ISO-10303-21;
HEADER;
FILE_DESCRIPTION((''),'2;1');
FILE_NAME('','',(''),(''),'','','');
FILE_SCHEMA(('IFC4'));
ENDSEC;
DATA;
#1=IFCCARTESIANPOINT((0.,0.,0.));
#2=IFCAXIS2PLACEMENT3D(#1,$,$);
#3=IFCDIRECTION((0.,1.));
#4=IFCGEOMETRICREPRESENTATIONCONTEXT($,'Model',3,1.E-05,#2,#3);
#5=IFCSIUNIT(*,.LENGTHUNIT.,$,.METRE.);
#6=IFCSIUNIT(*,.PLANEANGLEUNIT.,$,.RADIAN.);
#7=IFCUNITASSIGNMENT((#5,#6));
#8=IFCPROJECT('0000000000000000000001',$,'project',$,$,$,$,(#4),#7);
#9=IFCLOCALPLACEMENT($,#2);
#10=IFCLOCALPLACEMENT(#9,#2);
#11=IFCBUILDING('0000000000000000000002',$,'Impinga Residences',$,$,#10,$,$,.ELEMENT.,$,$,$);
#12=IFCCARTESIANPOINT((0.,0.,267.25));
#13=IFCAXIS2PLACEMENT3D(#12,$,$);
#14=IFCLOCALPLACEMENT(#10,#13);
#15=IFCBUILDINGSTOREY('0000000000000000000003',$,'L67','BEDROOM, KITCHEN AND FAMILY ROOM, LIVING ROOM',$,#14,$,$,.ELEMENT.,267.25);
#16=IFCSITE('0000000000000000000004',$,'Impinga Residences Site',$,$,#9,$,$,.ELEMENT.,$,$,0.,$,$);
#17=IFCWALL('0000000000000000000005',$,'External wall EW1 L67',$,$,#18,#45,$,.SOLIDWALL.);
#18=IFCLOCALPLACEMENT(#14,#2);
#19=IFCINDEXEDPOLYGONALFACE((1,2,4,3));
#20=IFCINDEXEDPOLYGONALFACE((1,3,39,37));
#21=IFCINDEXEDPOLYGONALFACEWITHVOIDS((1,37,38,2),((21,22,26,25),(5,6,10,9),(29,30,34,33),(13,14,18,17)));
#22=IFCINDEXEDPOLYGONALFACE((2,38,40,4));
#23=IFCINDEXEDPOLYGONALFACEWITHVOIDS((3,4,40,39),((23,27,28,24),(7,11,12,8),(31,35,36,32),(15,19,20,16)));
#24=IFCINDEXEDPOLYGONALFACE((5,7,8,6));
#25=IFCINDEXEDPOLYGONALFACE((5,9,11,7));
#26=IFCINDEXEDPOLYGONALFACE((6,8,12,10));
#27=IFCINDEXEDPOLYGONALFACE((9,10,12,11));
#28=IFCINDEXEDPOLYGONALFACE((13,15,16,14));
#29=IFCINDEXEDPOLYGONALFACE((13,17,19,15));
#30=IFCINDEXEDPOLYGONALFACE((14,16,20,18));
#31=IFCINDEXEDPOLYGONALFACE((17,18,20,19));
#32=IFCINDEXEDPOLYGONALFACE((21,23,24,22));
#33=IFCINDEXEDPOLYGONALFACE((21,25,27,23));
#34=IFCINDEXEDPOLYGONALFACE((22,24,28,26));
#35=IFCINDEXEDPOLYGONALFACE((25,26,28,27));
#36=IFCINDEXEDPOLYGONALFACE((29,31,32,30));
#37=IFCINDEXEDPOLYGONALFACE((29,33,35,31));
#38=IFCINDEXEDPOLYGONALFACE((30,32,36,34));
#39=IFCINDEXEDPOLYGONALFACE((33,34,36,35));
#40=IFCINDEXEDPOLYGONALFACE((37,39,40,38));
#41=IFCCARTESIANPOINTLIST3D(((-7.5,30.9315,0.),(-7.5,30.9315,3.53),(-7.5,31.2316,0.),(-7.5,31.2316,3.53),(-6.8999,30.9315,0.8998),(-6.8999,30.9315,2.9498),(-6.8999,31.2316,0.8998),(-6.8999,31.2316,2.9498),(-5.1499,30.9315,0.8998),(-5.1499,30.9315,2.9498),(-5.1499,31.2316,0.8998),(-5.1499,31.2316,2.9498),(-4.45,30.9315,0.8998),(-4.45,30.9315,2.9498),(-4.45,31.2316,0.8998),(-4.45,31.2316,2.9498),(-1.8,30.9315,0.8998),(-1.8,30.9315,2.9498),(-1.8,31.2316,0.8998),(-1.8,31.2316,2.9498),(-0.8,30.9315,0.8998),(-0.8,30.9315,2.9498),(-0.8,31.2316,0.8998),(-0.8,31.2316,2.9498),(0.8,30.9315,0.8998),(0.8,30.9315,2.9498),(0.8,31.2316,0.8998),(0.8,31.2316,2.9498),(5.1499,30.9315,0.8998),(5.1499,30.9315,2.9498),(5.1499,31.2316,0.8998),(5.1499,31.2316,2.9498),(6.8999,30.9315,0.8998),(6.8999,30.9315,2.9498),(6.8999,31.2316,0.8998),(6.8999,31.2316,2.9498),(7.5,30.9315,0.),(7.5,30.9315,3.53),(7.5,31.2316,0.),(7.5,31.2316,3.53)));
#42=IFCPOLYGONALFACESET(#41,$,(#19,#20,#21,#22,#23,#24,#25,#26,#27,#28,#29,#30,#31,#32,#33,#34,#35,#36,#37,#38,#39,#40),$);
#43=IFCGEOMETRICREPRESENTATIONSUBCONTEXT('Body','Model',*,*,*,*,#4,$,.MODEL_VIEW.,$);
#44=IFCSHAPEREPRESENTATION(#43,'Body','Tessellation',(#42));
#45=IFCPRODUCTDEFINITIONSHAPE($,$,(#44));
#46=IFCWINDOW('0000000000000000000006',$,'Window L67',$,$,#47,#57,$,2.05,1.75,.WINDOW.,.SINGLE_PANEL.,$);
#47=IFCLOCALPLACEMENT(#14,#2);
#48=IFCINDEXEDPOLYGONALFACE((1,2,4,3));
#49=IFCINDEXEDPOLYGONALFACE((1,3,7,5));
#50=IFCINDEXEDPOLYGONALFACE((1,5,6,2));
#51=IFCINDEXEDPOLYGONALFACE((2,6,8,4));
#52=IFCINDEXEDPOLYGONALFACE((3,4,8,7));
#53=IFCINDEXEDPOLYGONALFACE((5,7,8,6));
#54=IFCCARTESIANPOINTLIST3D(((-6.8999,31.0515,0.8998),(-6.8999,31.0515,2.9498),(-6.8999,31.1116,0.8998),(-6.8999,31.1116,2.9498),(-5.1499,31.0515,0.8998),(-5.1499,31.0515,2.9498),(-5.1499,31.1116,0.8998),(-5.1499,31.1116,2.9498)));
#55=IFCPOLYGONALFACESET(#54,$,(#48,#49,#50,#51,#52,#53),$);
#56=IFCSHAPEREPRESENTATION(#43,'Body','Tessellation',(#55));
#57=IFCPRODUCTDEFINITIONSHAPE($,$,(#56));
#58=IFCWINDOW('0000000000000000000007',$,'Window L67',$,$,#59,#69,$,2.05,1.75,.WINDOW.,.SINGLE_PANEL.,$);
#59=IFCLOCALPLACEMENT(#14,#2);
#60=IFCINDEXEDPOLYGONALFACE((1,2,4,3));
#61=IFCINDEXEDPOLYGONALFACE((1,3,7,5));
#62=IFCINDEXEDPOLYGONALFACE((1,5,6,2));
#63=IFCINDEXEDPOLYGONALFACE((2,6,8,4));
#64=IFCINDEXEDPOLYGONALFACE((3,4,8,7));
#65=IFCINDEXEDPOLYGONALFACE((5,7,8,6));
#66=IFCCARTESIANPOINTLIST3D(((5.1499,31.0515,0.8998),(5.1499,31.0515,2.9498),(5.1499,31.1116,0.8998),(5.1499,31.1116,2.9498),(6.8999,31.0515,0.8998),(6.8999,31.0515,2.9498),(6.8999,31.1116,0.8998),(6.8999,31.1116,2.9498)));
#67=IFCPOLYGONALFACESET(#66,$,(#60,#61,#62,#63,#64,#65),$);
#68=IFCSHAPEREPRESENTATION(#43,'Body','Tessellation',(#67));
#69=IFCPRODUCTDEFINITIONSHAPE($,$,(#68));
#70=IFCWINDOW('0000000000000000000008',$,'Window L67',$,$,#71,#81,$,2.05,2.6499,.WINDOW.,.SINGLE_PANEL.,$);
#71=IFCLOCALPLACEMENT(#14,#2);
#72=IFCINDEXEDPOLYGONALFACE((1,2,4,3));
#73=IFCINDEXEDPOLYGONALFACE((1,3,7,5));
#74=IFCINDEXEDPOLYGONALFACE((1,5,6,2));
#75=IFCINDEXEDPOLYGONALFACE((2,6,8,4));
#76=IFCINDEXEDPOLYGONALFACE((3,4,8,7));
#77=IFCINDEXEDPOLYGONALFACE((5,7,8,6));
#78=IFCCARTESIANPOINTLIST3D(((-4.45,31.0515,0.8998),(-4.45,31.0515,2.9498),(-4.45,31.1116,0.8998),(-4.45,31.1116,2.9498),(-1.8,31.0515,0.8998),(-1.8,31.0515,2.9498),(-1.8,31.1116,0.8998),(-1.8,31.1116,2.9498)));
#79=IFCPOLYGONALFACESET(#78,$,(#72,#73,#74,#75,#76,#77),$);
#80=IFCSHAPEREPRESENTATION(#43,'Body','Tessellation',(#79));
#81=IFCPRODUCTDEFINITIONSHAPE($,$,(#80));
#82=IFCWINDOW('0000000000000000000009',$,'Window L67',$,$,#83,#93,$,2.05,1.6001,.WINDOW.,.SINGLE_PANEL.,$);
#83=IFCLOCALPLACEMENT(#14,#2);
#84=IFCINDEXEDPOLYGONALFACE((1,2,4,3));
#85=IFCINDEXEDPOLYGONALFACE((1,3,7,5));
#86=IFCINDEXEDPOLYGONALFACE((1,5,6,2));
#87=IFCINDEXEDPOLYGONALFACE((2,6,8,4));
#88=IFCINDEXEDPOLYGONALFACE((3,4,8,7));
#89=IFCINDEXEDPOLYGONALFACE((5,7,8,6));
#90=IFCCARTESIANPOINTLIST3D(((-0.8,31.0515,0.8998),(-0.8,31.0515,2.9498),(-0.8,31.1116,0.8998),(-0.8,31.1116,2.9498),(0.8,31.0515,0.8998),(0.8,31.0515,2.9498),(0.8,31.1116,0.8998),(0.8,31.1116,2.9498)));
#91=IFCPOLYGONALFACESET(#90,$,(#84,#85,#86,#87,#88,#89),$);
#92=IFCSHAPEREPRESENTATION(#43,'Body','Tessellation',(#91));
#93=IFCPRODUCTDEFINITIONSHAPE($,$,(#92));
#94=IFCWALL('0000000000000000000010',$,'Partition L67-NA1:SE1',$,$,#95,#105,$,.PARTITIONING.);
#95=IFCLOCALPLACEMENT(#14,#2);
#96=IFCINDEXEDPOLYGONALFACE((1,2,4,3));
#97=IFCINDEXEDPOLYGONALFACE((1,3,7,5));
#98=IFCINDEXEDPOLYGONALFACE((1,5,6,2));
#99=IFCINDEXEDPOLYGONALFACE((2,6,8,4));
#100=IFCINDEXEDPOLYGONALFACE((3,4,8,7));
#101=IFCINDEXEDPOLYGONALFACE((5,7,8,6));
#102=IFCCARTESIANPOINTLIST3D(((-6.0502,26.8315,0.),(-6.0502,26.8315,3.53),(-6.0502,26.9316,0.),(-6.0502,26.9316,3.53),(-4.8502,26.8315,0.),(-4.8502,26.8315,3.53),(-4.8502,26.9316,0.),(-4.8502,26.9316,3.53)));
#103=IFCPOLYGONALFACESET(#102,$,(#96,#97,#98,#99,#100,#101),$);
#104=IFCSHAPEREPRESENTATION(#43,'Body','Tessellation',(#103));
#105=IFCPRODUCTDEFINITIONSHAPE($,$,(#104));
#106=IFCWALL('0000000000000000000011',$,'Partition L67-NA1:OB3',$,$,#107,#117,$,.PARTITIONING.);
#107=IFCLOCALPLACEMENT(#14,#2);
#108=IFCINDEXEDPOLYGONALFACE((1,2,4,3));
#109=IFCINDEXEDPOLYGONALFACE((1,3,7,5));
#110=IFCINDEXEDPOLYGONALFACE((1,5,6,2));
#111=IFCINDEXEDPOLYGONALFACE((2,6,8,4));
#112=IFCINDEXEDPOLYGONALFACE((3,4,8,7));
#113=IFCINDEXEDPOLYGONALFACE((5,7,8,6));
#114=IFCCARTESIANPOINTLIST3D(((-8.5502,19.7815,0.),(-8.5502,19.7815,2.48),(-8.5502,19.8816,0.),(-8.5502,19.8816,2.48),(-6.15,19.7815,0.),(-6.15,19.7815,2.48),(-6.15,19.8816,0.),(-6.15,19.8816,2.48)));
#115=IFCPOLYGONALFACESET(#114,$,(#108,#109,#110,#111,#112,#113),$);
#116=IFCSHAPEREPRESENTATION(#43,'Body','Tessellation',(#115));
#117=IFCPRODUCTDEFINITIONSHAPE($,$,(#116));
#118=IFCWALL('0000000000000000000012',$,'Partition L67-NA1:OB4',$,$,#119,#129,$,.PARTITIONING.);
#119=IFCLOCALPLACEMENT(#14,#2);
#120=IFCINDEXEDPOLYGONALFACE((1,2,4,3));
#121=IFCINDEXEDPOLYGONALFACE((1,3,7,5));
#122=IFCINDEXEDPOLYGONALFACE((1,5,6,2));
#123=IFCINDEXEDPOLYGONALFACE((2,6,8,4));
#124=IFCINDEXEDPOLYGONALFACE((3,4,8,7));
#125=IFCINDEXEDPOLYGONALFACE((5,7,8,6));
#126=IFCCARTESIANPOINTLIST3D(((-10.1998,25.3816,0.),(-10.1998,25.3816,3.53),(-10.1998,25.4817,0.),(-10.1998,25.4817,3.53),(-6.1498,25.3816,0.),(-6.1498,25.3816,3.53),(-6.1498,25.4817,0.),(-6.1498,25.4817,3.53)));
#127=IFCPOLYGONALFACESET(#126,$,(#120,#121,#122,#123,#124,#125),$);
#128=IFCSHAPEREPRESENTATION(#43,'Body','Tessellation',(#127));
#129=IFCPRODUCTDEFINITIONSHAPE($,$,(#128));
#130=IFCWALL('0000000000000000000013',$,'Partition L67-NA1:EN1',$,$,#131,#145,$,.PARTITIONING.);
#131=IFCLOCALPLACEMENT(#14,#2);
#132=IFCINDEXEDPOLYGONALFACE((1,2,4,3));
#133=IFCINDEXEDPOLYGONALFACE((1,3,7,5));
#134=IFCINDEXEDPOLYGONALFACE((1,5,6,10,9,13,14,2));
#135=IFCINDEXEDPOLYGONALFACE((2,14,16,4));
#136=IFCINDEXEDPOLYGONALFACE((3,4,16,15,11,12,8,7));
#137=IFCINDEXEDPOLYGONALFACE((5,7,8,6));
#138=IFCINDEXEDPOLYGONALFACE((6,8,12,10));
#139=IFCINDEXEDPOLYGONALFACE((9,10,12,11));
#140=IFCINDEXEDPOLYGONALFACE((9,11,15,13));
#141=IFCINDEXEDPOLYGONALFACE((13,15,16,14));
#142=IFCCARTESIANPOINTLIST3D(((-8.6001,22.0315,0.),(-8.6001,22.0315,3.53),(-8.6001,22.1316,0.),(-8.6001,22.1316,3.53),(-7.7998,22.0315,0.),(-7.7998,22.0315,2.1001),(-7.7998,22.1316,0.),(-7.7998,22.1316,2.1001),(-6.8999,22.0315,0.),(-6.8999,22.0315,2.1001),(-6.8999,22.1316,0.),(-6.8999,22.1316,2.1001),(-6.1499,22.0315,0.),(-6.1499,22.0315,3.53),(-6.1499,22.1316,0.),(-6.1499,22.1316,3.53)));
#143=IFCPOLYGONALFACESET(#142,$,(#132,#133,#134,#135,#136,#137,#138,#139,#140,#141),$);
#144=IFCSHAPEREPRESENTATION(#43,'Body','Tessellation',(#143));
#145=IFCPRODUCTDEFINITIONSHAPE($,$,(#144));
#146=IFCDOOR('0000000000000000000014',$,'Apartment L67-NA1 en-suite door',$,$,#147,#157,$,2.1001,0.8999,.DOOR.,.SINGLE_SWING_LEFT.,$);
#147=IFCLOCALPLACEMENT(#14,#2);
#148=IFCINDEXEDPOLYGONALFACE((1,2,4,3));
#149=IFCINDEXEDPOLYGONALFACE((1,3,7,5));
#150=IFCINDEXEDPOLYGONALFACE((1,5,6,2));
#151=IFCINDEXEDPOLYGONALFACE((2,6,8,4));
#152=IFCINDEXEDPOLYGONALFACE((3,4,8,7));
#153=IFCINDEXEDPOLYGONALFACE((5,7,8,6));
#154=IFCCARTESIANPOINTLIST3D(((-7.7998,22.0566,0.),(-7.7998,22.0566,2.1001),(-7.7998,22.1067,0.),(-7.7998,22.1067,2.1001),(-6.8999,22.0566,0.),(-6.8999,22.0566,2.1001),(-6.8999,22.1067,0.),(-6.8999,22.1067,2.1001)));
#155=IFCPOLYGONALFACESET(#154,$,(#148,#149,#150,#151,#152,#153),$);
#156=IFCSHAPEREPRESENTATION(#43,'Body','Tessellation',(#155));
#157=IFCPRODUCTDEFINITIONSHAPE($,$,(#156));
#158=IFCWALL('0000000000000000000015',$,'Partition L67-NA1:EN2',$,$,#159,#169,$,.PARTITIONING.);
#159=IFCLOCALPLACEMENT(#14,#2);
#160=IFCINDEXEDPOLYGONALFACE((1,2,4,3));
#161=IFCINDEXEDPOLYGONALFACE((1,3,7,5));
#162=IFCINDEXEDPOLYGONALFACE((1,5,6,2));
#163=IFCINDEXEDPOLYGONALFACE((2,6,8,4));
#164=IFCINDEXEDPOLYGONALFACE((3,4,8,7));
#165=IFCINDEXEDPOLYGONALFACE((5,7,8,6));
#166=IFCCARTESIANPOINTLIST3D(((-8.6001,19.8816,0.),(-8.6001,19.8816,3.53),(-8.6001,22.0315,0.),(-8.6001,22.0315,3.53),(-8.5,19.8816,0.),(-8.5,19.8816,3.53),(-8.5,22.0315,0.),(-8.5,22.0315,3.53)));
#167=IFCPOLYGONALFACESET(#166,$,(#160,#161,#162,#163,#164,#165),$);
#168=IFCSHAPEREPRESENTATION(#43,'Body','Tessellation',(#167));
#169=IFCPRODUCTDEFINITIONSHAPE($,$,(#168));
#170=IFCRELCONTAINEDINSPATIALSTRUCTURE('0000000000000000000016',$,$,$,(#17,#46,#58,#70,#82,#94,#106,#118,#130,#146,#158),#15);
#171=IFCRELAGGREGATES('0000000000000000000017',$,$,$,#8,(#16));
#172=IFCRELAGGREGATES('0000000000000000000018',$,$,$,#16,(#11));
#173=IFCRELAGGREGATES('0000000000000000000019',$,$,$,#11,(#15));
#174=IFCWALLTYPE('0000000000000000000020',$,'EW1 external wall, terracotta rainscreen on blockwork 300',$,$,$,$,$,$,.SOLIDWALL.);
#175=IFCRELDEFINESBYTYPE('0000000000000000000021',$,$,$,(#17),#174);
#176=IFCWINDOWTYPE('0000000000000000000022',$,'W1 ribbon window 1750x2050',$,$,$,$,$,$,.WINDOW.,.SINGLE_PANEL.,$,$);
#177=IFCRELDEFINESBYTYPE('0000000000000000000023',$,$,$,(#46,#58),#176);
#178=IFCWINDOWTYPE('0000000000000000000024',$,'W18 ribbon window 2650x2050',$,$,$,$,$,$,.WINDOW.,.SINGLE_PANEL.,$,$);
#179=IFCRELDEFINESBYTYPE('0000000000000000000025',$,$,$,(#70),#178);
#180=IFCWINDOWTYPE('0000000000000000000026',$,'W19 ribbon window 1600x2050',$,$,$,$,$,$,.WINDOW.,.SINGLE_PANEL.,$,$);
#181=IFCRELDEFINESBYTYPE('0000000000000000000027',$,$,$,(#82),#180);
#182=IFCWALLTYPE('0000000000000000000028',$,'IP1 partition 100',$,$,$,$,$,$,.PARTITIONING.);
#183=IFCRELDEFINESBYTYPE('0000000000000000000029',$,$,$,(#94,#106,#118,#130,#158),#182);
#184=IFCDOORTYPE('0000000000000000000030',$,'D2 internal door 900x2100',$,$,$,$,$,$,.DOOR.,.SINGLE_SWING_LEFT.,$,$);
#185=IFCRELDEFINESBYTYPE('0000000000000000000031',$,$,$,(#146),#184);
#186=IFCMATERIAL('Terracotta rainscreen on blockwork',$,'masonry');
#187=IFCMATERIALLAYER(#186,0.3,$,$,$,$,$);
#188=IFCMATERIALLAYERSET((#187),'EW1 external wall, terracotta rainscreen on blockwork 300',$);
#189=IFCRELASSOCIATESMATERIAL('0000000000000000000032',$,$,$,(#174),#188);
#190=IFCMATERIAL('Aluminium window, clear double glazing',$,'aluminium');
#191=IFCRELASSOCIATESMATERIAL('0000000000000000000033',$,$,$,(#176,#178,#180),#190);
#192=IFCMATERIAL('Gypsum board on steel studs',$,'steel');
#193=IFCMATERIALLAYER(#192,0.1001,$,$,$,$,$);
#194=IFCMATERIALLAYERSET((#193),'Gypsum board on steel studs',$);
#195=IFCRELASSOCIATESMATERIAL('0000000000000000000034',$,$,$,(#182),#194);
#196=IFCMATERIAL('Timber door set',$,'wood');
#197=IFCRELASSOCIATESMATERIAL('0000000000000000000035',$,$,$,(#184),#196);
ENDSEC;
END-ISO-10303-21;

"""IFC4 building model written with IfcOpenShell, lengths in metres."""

from ifc_helpers import new_model, si_unit, direction, frame, frame_2d, origin, place, context, subcontext, project, spatial, rectangle, extrude, material, layer, layer_set, type_object, element, fill, save


model = new_model("IFC4")

# Units and contexts
model_context = context("Model", 3, precision=1e-05, world=origin(), true_north=direction((0.0, 1.0)))
body_context = subcontext(model_context, "Body", "Model", "MODEL_VIEW")
ifc_project = project(units=[si_unit("LENGTHUNIT", "METRE"), si_unit("PLANEANGLEUNIT", "RADIAN")], contexts=[model_context])

# Site, building, storey
site_placement = place(None, origin())
site = spatial("IfcSite", under=ifc_project, at=site_placement, Name="Impinga Residences Site", CompositionType="ELEMENT", RefElevation=0.0)
building_placement = place(site_placement, origin())
building = spatial("IfcBuilding", under=site, at=building_placement, Name="Impinga Residences", CompositionType="ELEMENT")
storey_placement = place(building_placement, frame((0.0, 0.0, 267.25)))
storey = spatial("IfcBuildingStorey", under=building, at=storey_placement, Name="L67", Description="BEDROOM, KITCHEN AND FAMILY ROOM, LIVING ROOM", CompositionType="ELEMENT", Elevation=267.25)

# Shared definitions
ifc_material_1 = material(Name="Timber door set", Category="wood")

# Shared definitions
ifc_material_2 = material(Name="Terracotta rainscreen on blockwork", Category="masonry")
ifc_layer_1 = layer(ifc_material_2, 0.3)
ifc_layer_set_1 = layer_set([ifc_layer_1], Name="EW1 external wall, terracotta rainscreen on blockwork 300")
wall_type_1 = type_object("IfcWallType", Name="EW1 external wall, terracotta rainscreen on blockwork 300", PredefinedType="SOLIDWALL", material=ifc_layer_set_1)

# Wall, openings, windows
wall_1_placement = place(storey_placement, frame((-7.5, 31.0815, 0.0), z_axis=(0.0, 0.0, 1.0), x_axis=(1.0, 0.0, 0.0)))
wall_1 = element("IfcWall", 1, at=wall_1_placement, inside=storey, type_object=wall_type_1, Name="External wall EW1 L67", PredefinedType="SOLIDWALL", context=body_context, shape_type="SweptSolid", body=[
    extrude(rectangle(XDim=15.0, YDim=0.3, at=frame_2d((7.5, 0.0))), origin(), (0.0, 0.0, 1.0), 3.53),
])
opening_1_placement = place(wall_1_placement, frame((0.6001, 0.0, 0.8999)))
opening_1 = element("IfcOpeningElement", 2, at=opening_1_placement, cuts=wall_1, PredefinedType="OPENING", context=body_context, shape_type="SweptSolid", body=[
    extrude(rectangle(XDim=1.75, YDim=2.05, at=frame_2d((0.875, 1.0249))), frame((0.0, 0.1599, 0.0), z_axis=(0.0, -1.0, 0.0), x_axis=(1.0, 0.0, 0.0)), (0.0, 0.0, 1.0), 0.3201),
])
opening_2_placement = place(wall_1_placement, frame((3.05, 0.0, 0.8999)))
opening_2 = element("IfcOpeningElement", 3, at=opening_2_placement, cuts=wall_1, PredefinedType="OPENING", context=body_context, shape_type="SweptSolid", body=[
    extrude(rectangle(XDim=2.6499, YDim=2.05, at=frame_2d((1.325, 1.0249))), frame((0.0, 0.1599, 0.0), z_axis=(0.0, -1.0, 0.0), x_axis=(1.0, 0.0, 0.0)), (0.0, 0.0, 1.0), 0.3201),
])
opening_3_placement = place(wall_1_placement, frame((6.7, 0.0, 0.8999)))
opening_3 = element("IfcOpeningElement", 4, at=opening_3_placement, cuts=wall_1, PredefinedType="OPENING", context=body_context, shape_type="SweptSolid", body=[
    extrude(rectangle(XDim=1.6001, YDim=2.05, at=frame_2d((0.8, 1.0249))), frame((0.0, 0.1599, 0.0), z_axis=(0.0, -1.0, 0.0), x_axis=(1.0, 0.0, 0.0)), (0.0, 0.0, 1.0), 0.3201),
])
opening_4_placement = place(wall_1_placement, frame((12.6499, 0.0, 0.8999)))
opening_4 = element("IfcOpeningElement", 5, at=opening_4_placement, cuts=wall_1, PredefinedType="OPENING", context=body_context, shape_type="SweptSolid", body=[
    extrude(rectangle(XDim=1.75, YDim=2.05, at=frame_2d((0.875, 1.0249))), frame((0.0, 0.1599, 0.0), z_axis=(0.0, -1.0, 0.0), x_axis=(1.0, 0.0, 0.0)), (0.0, 0.0, 1.0), 0.3201),
])
ifc_material_3 = material(Name="Aluminium window, clear double glazing", Category="aluminium")
window_type_1 = type_object("IfcWindowType", Name="W1 ribbon window 1750x2050", PartitioningType="SINGLE_PANEL", PredefinedType="WINDOW", material=ifc_material_3)
window_1_placement = place(opening_1_placement, origin())
window_1 = element("IfcWindow", 6, at=window_1_placement, inside=storey, type_object=window_type_1, Name="Window L67", OverallHeight=2.05, OverallWidth=1.75, PartitioningType="SINGLE_PANEL", PredefinedType="WINDOW", context=body_context, shape_type="SweptSolid", body=[
    extrude(rectangle(XDim=1.75, YDim=2.05, at=frame_2d((0.875, 1.0249))), frame((0.0, 0.03, 0.0), z_axis=(0.0, -1.0, 0.0), x_axis=(1.0, 0.0, 0.0)), (0.0, 0.0, 1.0), 0.0601),
])
fill(opening_1, window_1)
window_2_placement = place(opening_4_placement, origin())
window_2 = element("IfcWindow", 7, at=window_2_placement, inside=storey, type_object=window_type_1, Name="Window L67", OverallHeight=2.05, OverallWidth=1.75, PartitioningType="SINGLE_PANEL", PredefinedType="WINDOW", context=body_context, shape_type="SweptSolid", body=[
    extrude(rectangle(XDim=1.75, YDim=2.05, at=frame_2d((0.875, 1.0249))), frame((0.0, 0.03, 0.0), z_axis=(0.0, -1.0, 0.0), x_axis=(1.0, 0.0, 0.0)), (0.0, 0.0, 1.0), 0.0601),
])
fill(opening_4, window_2)
window_type_2 = type_object("IfcWindowType", Name="W18 ribbon window 2650x2050", PartitioningType="SINGLE_PANEL", PredefinedType="WINDOW", material=ifc_material_3)
window_3_placement = place(opening_2_placement, origin())
window_3 = element("IfcWindow", 8, at=window_3_placement, inside=storey, type_object=window_type_2, Name="Window L67", OverallHeight=2.05, OverallWidth=2.6499, PartitioningType="SINGLE_PANEL", PredefinedType="WINDOW", context=body_context, shape_type="SweptSolid", body=[
    extrude(rectangle(XDim=2.6499, YDim=2.05, at=frame_2d((1.325, 1.0249))), frame((0.0, 0.03, 0.0), z_axis=(0.0, -1.0, 0.0), x_axis=(1.0, 0.0, 0.0)), (0.0, 0.0, 1.0), 0.0601),
])
fill(opening_2, window_3)
window_type_3 = type_object("IfcWindowType", Name="W19 ribbon window 1600x2050", PartitioningType="SINGLE_PANEL", PredefinedType="WINDOW", material=ifc_material_3)
window_4_placement = place(opening_3_placement, origin())
window_4 = element("IfcWindow", 9, at=window_4_placement, inside=storey, type_object=window_type_3, Name="Window L67", OverallHeight=2.05, OverallWidth=1.6001, PartitioningType="SINGLE_PANEL", PredefinedType="WINDOW", context=body_context, shape_type="SweptSolid", body=[
    extrude(rectangle(XDim=1.6001, YDim=2.05, at=frame_2d((0.8, 1.0249))), frame((0.0, 0.03, 0.0), z_axis=(0.0, -1.0, 0.0), x_axis=(1.0, 0.0, 0.0)), (0.0, 0.0, 1.0), 0.0601),
])
fill(opening_3, window_4)

# Walls
ifc_material_4 = material(Name="Gypsum board on steel studs", Category="steel")
ifc_layer_2 = layer(ifc_material_4, 0.1001)
ifc_layer_set_2 = layer_set([ifc_layer_2], Name="Gypsum board on steel studs")
wall_type_2 = type_object("IfcWallType", Name="IP1 partition 100", PredefinedType="PARTITIONING", material=ifc_layer_set_2)
wall_2_placement = place(storey_placement, frame((-4.8501, 26.8816, 0.0), z_axis=(0.0, 0.0, 1.0), x_axis=(-1.0, 0.0, 0.0)))
element("IfcWall", 10, at=wall_2_placement, inside=storey, type_object=wall_type_2, Name="Partition L67-NA1:SE1", PredefinedType="PARTITIONING", context=body_context, shape_type="SweptSolid", body=[
    extrude(rectangle(XDim=1.2, YDim=0.1001, at=frame_2d((0.6001, 0.0))), origin(), (0.0, 0.0, 1.0), 3.53),
])
wall_3_placement = place(storey_placement, frame((-6.1499, 19.8315, 0.0), z_axis=(0.0, 0.0, 1.0), x_axis=(-1.0, 0.0, 0.0)))
element("IfcWall", 11, at=wall_3_placement, inside=storey, type_object=wall_type_2, Name="Partition L67-NA1:OB3", PredefinedType="PARTITIONING", context=body_context, shape_type="SweptSolid", body=[
    extrude(rectangle(XDim=2.4001, YDim=0.1001, at=frame_2d((1.2002, 0.0))), origin(), (0.0, 0.0, 1.0), 2.48),
])
wall_4_placement = place(storey_placement, frame((-6.1499, 25.4316, 0.0), z_axis=(0.0, 0.0, 1.0), x_axis=(-1.0, 0.0, 0.0)))
element("IfcWall", 12, at=wall_4_placement, inside=storey, type_object=wall_type_2, Name="Partition L67-NA1:OB4", PredefinedType="PARTITIONING", context=body_context, shape_type="SweptSolid", body=[
    extrude(rectangle(XDim=4.05, YDim=0.1001, at=frame_2d((2.0249, 0.0))), origin(), (0.0, 0.0, 1.0), 3.53),
])

# Wall, opening, door
wall_5_placement = place(storey_placement, frame((-6.1499, 22.0815, 0.0), z_axis=(0.0, 0.0, 1.0), x_axis=(-1.0, 0.0, 0.0)))
wall_5 = element("IfcWall", 13, at=wall_5_placement, inside=storey, type_object=wall_type_2, Name="Partition L67-NA1:EN1", PredefinedType="PARTITIONING", context=body_context, shape_type="SweptSolid", body=[
    extrude(rectangle(XDim=2.4502, YDim=0.1001, at=frame_2d((1.2251, 0.0))), origin(), (0.0, 0.0, 1.0), 3.53),
])
opening_5_placement = place(wall_5_placement, frame((0.75, 0.0, 0.0)))
opening_5 = element("IfcOpeningElement", 14, at=opening_5_placement, cuts=wall_5, PredefinedType="OPENING", context=body_context, shape_type="SweptSolid", body=[
    extrude(rectangle(XDim=0.8999, YDim=2.1001, at=frame_2d((0.45, 1.05))), frame((0.0, 0.0601, 0.0), z_axis=(0.0, -1.0, 0.0), x_axis=(1.0, 0.0, 0.0)), (0.0, 0.0, 1.0), 0.1201),
])
door_type_1 = type_object("IfcDoorType", Name="D2 internal door 900x2100", OperationType="SINGLE_SWING_LEFT", PredefinedType="DOOR", material=ifc_material_1)
door_1_placement = place(opening_5_placement, origin())
door_1 = element("IfcDoor", 15, at=door_1_placement, inside=storey, type_object=door_type_1, Name="Apartment L67-NA1 en-suite door", OperationType="SINGLE_SWING_LEFT", OverallHeight=2.1001, OverallWidth=0.8999, PredefinedType="DOOR", context=body_context, shape_type="SweptSolid", body=[
    extrude(rectangle(XDim=0.8999, YDim=2.1001, at=frame_2d((0.45, 1.05))), frame((0.0, 0.0249, 0.0), z_axis=(0.0, -1.0, 0.0), x_axis=(1.0, 0.0, 0.0)), (0.0, 0.0, 1.0), 0.05),
])
fill(opening_5, door_1)

# Wall
wall_6_placement = place(storey_placement, frame((-8.55, 19.8816, 0.0), z_axis=(0.0, 0.0, 1.0), x_axis=(0.0, 1.0, 0.0)))
element("IfcWall", 16, at=wall_6_placement, inside=storey, type_object=wall_type_2, Name="Partition L67-NA1:EN2", PredefinedType="PARTITIONING", context=body_context, shape_type="SweptSolid", body=[
    extrude(rectangle(XDim=2.1499, YDim=0.1001, at=frame_2d((1.075, 0.0))), origin(), (0.0, 0.0, 1.0), 3.53),
])

save(model, "model.ifc")
